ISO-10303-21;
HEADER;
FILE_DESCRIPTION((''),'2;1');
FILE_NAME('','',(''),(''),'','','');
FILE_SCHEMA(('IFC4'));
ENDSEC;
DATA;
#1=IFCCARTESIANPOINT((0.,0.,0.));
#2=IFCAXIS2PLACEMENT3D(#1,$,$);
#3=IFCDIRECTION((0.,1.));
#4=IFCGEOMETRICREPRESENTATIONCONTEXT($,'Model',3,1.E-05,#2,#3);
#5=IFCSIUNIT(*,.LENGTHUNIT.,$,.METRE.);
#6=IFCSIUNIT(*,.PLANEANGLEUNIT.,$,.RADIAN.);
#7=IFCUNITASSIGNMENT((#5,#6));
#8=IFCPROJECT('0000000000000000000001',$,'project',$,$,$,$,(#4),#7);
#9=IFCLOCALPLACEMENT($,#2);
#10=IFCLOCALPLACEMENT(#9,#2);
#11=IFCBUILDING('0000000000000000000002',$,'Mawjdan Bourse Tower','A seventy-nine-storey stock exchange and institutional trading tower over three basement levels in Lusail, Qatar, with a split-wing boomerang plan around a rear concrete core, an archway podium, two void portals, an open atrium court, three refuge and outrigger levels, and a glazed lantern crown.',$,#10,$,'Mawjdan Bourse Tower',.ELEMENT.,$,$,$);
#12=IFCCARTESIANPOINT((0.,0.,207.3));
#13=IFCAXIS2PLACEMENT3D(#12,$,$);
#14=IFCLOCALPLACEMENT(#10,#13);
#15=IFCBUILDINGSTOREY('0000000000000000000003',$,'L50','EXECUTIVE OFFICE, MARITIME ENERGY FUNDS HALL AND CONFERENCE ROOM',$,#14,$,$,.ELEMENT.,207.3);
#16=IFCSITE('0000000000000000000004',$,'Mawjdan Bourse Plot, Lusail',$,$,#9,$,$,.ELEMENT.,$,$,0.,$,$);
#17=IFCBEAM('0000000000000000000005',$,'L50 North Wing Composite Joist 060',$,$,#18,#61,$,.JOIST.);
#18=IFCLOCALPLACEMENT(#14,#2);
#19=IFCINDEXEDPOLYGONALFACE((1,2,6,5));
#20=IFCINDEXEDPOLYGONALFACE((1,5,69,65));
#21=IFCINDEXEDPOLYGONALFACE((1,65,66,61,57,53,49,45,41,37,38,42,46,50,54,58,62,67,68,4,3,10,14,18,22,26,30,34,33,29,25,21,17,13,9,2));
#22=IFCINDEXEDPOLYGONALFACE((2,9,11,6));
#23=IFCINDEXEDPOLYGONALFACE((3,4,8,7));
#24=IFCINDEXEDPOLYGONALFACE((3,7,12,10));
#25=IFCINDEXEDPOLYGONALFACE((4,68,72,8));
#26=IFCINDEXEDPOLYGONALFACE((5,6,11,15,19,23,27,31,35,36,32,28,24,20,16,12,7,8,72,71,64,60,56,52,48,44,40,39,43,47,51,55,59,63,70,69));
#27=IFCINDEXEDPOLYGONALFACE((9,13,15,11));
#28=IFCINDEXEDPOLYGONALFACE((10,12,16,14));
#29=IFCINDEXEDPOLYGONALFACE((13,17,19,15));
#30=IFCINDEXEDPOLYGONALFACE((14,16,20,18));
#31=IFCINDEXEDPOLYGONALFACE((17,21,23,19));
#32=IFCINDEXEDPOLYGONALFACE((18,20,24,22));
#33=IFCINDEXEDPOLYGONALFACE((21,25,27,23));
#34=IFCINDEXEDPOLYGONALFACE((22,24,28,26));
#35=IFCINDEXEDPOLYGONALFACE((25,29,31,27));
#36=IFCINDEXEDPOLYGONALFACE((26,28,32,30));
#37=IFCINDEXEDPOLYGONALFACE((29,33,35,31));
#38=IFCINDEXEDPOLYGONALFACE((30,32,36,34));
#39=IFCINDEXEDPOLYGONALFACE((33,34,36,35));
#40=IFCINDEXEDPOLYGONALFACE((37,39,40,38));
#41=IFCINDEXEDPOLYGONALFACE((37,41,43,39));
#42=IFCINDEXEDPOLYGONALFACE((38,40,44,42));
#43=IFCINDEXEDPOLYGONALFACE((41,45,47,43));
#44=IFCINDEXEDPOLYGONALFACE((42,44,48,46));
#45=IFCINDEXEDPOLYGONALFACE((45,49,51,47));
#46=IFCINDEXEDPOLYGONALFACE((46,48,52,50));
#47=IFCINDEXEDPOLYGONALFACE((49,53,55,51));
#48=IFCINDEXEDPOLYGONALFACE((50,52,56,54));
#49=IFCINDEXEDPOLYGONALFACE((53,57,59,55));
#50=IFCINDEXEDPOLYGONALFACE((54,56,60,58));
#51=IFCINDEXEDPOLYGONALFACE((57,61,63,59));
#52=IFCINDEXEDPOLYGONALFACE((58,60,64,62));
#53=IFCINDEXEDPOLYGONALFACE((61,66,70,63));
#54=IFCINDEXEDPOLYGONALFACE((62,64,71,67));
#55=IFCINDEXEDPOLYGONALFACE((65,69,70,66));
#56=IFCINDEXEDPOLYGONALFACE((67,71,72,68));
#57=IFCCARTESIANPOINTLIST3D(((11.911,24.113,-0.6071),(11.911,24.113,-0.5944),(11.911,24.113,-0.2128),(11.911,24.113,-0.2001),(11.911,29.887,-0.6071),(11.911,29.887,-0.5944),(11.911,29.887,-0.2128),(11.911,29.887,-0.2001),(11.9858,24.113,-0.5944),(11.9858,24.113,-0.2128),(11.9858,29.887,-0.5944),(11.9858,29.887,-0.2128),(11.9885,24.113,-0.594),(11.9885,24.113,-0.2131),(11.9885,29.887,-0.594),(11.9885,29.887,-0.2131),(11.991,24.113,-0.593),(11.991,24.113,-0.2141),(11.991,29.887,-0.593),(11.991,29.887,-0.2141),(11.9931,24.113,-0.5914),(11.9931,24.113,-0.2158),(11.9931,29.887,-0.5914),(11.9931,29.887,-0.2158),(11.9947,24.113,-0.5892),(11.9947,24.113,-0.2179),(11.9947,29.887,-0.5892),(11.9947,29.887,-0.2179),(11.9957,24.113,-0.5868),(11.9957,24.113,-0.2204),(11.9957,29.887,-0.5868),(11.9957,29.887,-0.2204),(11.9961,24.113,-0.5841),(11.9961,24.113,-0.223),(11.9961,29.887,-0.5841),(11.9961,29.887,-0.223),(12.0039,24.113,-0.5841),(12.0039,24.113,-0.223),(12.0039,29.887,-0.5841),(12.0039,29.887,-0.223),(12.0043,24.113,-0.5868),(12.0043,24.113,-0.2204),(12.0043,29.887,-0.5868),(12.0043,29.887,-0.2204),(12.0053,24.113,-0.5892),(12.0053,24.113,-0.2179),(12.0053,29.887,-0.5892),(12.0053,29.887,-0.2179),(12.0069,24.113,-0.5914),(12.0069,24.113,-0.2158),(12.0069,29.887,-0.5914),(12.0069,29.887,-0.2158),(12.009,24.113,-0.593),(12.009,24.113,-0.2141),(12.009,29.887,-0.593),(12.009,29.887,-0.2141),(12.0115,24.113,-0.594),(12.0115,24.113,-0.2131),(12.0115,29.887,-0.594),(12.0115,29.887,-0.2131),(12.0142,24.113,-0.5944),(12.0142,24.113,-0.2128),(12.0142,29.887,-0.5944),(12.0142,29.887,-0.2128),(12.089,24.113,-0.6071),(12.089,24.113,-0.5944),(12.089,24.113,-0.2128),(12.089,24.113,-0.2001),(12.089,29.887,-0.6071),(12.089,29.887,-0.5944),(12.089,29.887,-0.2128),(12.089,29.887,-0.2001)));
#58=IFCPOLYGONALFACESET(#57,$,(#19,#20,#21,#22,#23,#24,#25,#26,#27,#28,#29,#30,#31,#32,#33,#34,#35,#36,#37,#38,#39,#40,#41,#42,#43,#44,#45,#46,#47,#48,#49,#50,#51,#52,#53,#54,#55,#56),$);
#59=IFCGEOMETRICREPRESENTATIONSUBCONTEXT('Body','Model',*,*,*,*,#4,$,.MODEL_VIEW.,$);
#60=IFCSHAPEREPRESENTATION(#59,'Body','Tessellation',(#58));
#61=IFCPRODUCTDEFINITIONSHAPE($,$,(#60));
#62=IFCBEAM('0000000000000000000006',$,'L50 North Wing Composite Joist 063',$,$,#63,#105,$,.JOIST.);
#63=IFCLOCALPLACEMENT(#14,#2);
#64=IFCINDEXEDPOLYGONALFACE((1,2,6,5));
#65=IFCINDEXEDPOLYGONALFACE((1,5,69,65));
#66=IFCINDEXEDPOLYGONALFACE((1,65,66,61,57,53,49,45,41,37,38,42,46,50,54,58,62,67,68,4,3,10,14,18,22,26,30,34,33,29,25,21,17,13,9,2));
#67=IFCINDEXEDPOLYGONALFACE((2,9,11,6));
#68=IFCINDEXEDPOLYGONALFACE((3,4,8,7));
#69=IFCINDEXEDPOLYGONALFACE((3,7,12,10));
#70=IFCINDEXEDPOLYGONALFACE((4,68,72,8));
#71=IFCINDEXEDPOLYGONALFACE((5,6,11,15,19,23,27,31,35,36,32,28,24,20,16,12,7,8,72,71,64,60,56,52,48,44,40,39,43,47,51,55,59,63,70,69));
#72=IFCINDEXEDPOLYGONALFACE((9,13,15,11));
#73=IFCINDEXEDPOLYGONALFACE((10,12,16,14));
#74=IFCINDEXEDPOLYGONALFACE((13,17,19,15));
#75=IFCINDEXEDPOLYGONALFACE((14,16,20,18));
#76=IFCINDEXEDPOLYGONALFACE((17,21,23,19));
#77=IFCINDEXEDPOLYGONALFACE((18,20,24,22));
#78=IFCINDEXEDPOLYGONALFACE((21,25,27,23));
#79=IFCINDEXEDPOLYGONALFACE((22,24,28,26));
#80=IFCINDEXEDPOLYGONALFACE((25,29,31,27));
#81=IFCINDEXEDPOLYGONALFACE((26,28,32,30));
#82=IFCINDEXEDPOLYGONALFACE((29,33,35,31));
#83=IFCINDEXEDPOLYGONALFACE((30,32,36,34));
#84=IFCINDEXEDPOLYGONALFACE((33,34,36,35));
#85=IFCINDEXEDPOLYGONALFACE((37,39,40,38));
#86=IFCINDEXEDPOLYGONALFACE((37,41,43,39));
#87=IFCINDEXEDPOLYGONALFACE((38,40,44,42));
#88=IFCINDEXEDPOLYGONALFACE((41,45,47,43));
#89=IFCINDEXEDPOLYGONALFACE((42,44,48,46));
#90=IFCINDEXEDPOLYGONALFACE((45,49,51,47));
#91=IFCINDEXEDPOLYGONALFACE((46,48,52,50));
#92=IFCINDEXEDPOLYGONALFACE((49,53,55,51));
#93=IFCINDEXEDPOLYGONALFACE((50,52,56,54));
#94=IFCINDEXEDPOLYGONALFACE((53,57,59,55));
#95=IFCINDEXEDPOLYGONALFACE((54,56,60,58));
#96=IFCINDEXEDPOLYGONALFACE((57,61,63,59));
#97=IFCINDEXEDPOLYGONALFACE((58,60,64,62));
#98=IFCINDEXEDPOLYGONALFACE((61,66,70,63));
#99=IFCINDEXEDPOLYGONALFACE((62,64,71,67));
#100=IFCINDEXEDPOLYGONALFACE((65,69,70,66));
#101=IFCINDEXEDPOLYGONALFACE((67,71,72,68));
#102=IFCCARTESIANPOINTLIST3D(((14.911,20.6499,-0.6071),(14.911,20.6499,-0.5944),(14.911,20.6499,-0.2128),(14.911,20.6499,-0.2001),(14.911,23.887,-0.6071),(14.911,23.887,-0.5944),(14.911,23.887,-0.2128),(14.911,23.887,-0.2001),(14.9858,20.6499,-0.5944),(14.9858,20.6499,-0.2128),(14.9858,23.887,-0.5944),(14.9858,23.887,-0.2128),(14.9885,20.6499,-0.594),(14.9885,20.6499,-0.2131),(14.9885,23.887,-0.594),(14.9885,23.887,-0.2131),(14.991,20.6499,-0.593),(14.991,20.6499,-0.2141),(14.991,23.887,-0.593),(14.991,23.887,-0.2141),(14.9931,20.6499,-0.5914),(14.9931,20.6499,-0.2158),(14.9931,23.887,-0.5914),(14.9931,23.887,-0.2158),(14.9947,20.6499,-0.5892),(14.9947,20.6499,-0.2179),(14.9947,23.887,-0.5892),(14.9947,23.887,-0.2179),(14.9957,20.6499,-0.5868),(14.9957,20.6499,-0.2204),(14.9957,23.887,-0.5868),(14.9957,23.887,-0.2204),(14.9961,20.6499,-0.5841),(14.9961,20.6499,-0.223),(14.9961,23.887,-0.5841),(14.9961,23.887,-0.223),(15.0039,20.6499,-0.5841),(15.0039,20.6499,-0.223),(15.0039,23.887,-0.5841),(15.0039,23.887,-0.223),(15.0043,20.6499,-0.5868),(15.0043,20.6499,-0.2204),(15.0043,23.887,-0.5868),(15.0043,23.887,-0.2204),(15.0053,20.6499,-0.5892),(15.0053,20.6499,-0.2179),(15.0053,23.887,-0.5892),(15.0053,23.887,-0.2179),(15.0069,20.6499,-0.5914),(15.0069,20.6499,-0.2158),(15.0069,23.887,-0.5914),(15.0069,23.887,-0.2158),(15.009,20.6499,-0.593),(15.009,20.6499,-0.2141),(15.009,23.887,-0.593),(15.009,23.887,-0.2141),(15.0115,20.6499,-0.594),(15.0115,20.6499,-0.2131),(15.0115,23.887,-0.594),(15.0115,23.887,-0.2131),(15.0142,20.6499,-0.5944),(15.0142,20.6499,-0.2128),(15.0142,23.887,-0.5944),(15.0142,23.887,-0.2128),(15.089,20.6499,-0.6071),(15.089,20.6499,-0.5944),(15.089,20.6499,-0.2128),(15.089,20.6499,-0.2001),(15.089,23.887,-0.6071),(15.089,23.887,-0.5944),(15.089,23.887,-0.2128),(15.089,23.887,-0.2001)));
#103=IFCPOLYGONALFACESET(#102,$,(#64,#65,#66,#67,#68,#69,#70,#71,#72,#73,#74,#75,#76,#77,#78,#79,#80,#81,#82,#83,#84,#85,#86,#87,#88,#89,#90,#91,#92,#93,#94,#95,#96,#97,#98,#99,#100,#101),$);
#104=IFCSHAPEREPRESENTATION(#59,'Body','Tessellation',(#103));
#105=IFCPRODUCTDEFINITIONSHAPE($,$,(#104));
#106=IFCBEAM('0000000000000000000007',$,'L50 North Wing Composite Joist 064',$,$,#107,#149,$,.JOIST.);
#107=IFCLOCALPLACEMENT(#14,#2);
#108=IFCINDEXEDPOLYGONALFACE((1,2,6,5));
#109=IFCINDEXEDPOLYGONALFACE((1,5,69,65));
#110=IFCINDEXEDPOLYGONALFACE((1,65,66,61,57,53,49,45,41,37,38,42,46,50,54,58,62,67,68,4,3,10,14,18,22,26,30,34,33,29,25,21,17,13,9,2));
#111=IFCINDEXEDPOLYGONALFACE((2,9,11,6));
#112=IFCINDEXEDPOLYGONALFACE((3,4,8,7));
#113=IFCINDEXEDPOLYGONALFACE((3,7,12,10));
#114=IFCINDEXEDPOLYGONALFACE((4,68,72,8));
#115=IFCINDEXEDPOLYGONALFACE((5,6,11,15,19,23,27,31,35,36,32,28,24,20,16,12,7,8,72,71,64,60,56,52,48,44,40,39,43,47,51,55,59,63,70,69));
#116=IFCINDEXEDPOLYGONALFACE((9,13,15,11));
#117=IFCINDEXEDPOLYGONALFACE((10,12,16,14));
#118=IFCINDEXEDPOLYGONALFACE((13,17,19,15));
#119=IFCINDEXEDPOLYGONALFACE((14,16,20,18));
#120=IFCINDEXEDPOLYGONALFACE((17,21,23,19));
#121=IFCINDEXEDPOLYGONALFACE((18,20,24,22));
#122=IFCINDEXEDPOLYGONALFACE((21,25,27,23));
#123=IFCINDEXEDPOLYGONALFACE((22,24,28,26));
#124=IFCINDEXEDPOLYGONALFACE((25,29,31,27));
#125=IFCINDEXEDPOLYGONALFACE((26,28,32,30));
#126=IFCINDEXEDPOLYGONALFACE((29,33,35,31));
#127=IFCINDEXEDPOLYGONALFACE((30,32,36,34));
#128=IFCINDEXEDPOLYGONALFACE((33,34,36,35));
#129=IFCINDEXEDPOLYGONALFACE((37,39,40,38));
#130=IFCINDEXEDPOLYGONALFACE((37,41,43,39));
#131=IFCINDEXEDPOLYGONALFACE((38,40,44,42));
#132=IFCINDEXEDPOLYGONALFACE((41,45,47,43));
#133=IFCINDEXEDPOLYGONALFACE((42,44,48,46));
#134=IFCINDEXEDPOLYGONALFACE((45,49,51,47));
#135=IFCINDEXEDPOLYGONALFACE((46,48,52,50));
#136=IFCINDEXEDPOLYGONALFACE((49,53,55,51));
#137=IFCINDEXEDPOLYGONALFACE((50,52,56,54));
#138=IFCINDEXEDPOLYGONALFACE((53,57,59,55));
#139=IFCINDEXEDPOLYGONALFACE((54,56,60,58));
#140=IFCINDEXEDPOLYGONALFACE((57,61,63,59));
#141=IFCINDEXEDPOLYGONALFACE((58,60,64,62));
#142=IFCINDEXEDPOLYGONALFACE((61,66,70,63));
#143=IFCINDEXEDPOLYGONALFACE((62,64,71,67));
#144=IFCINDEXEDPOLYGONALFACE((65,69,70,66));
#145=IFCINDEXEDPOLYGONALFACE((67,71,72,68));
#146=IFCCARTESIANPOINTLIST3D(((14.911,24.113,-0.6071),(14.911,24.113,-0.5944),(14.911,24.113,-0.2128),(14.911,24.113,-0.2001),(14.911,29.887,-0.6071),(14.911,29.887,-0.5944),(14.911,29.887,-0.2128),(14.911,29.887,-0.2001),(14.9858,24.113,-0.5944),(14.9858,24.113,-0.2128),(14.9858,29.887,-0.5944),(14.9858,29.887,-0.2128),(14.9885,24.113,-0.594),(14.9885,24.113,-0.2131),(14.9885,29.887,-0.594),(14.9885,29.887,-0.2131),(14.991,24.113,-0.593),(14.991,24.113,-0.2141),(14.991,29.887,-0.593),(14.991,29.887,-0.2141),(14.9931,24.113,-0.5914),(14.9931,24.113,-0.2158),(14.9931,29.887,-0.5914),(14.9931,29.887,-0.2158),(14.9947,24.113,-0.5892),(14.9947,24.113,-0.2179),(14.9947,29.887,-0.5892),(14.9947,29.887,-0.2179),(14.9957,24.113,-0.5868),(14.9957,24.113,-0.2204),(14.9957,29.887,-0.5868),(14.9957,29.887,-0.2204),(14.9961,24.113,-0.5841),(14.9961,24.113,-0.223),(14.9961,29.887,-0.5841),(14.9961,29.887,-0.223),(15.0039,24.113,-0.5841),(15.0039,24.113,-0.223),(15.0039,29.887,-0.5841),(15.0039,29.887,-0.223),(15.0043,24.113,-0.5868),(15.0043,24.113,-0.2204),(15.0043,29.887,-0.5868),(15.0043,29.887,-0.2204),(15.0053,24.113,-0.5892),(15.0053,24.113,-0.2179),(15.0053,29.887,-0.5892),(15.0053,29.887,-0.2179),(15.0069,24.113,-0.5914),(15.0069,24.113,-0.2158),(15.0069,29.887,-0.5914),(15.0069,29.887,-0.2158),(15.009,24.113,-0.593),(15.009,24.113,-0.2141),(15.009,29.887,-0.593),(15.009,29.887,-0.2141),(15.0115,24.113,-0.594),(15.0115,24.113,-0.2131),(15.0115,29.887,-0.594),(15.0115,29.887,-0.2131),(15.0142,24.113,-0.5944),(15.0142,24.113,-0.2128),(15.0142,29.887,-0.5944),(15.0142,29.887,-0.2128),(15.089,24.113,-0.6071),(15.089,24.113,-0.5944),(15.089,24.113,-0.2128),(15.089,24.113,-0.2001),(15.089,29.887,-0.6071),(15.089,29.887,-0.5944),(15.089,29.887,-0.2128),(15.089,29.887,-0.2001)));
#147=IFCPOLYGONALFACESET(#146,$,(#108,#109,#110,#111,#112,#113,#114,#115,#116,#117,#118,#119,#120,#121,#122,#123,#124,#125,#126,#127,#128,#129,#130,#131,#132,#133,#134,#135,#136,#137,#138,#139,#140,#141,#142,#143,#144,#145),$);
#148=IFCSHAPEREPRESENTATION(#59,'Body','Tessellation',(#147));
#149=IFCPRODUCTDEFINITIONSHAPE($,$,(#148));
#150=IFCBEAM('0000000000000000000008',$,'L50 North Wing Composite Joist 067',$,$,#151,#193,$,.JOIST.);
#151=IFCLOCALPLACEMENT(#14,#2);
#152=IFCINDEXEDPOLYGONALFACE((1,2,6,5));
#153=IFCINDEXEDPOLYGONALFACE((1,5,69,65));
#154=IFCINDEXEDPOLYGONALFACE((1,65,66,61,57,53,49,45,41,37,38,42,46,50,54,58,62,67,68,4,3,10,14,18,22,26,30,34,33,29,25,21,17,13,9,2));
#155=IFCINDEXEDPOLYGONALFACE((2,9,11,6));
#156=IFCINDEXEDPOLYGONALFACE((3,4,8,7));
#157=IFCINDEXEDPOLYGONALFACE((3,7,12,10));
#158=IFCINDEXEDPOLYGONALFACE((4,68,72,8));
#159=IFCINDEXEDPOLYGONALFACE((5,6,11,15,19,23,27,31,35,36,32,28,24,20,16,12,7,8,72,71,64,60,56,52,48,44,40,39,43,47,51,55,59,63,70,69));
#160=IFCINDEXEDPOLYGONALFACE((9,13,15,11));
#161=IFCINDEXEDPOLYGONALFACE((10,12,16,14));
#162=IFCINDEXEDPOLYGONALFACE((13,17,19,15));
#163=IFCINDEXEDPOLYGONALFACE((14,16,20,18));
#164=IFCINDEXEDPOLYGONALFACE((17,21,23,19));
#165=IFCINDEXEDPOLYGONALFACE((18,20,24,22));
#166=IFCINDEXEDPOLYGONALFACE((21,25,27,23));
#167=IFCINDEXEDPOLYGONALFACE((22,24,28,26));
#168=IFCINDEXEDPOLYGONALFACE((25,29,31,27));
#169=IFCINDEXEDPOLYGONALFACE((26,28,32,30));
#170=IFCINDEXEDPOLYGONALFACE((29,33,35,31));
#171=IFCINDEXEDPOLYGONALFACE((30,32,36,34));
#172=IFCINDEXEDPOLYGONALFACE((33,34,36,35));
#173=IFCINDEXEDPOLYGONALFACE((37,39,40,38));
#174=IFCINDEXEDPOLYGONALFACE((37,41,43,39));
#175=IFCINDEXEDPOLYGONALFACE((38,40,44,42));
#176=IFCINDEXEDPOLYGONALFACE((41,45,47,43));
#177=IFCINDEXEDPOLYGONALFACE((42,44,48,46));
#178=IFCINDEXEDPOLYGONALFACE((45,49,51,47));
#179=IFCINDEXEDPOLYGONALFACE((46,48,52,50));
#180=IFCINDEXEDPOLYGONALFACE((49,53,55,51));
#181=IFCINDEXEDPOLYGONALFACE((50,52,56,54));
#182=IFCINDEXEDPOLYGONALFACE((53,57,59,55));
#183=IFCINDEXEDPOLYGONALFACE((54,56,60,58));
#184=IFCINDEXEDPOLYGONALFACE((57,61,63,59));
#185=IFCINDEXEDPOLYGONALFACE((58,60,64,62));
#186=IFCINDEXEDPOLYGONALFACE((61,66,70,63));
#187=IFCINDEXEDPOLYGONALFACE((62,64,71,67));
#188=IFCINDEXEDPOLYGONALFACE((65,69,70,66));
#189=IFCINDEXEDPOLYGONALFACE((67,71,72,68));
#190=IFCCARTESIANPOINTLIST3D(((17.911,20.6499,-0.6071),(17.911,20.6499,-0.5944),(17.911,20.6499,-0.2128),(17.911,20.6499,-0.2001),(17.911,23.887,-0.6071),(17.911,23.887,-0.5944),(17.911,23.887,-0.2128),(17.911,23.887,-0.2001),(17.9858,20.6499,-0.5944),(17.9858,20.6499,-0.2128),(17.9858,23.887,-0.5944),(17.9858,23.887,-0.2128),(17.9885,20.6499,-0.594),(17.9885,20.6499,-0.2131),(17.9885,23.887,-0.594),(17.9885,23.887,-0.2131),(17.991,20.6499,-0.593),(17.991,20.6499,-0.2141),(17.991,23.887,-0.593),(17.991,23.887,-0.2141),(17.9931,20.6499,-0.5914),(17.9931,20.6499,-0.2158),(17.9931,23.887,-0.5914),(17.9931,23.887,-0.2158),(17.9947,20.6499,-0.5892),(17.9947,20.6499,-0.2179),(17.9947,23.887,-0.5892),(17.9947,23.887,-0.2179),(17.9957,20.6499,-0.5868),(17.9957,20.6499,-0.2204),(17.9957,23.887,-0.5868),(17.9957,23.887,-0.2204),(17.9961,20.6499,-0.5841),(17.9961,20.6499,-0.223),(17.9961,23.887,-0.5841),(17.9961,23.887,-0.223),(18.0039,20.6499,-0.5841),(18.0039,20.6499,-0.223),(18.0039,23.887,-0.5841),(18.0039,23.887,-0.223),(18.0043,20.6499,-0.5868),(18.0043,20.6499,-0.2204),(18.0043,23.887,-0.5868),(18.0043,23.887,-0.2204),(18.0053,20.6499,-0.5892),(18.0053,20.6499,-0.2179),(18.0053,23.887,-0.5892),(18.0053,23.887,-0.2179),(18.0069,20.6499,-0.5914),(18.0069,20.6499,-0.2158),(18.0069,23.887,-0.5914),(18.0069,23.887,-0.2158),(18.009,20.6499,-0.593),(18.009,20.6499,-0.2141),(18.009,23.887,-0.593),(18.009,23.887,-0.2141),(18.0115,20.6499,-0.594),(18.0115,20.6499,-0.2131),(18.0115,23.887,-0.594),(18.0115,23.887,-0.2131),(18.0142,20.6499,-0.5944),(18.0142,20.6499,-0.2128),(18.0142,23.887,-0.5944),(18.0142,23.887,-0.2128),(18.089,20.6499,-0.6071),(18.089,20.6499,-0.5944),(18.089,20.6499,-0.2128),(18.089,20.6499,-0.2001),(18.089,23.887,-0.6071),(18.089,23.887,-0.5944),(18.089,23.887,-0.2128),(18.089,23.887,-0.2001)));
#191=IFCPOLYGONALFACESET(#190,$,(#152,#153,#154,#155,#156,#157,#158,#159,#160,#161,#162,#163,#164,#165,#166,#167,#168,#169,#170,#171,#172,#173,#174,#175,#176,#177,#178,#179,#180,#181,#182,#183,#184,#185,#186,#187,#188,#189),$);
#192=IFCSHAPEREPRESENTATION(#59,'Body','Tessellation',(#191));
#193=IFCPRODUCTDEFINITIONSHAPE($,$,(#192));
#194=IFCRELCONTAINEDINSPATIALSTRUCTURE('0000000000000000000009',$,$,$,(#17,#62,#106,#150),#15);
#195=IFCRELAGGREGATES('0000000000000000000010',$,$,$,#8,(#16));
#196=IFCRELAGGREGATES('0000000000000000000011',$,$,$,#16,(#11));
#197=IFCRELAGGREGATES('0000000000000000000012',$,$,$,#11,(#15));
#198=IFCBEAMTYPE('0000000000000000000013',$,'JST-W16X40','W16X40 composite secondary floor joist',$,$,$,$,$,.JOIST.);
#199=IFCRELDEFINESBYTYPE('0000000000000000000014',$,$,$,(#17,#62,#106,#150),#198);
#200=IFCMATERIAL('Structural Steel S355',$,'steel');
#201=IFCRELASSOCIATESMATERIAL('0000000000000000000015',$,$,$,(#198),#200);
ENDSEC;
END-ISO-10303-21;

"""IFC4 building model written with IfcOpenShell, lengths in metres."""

from ifc_helpers import new_model, si_unit, direction, frame, origin, origin_2d, place, context, subcontext, project, spatial, i_section, extrude, material, material_profile, profile_set, type_object, element, save


model = new_model("IFC4")

# Units and contexts
model_context = context("Model", 3, precision=1e-05, world=origin(), true_north=direction((0.0, 1.0)))
body_context = subcontext(model_context, "Body", "Model", "MODEL_VIEW")
ifc_project = project(units=[si_unit("LENGTHUNIT", "METRE"), si_unit("PLANEANGLEUNIT", "RADIAN")], contexts=[model_context])

# Site, building, storey
site_placement = place(None, origin())
site = spatial("IfcSite", under=ifc_project, at=site_placement, Name="Mawjdan Bourse Plot, Lusail", CompositionType="ELEMENT", RefElevation=0.0)
building_placement = place(site_placement, origin())
building = spatial("IfcBuilding", under=site, at=building_placement, Name="Mawjdan Bourse Tower", Description="A seventy-nine-storey stock exchange and institutional trading tower over three basement levels in Lusail, Qatar, with a split-wing boomerang plan around a rear concrete core, an archway podium, two void portals, an open atrium court, three refuge and outrigger levels, and a glazed lantern crown.", LongName="Mawjdan Bourse Tower", CompositionType="ELEMENT")
storey_placement = place(building_placement, frame((0.0, 0.0, 207.3)))
storey = spatial("IfcBuildingStorey", under=building, at=storey_placement, Name="L50", Description="EXECUTIVE OFFICE, MARITIME ENERGY FUNDS HALL AND CONFERENCE ROOM", CompositionType="ELEMENT", Elevation=207.3)

# Beams
ifc_material_1 = material(Name="Structural Steel S355", Category="steel")
ifc_material_profile_1 = material_profile(ifc_material_1, i_section(OverallWidth=0.178, OverallDepth=0.407, WebThickness=0.0078, FlangeThickness=0.0127, FilletRadius=0.0103, at=origin_2d()), Name="W16X40")
ifc_profile_set_1 = profile_set([ifc_material_profile_1], Name="Structural Steel S355")
beam_type_1 = type_object("IfcBeamType", Name="JST-W16X40", Description="W16X40 composite secondary floor joist", PredefinedType="JOIST", material=ifc_profile_set_1)
beam_1_placement = place(storey_placement, frame((12.0, 24.113, -0.4036), z_axis=(0.0, 1.0, 0.0), x_axis=(-1.0, 0.0, 0.0)))
element("IfcBeam", 1, at=beam_1_placement, inside=storey, type_object=beam_type_1, Name="L50 North Wing Composite Joist 060", PredefinedType="JOIST", context=body_context, shape_type="SweptSolid", body=[
    extrude(i_section(OverallWidth=0.178, OverallDepth=0.407, WebThickness=0.0078, FlangeThickness=0.0127, FilletRadius=0.0103, at=origin_2d()), origin(), (0.0, 0.0, 1.0), 5.7739),
])
beam_2_placement = place(storey_placement, frame((15.0, 20.6499, -0.4036), z_axis=(0.0, 1.0, 0.0), x_axis=(-1.0, 0.0, 0.0)))
element("IfcBeam", 2, at=beam_2_placement, inside=storey, type_object=beam_type_1, Name="L50 North Wing Composite Joist 063", PredefinedType="JOIST", context=body_context, shape_type="SweptSolid", body=[
    extrude(i_section(OverallWidth=0.178, OverallDepth=0.407, WebThickness=0.0078, FlangeThickness=0.0127, FilletRadius=0.0103, at=origin_2d()), origin(), (0.0, 0.0, 1.0), 3.2371),
])
beam_3_placement = place(storey_placement, frame((15.0, 24.113, -0.4036), z_axis=(0.0, 1.0, 0.0), x_axis=(-1.0, 0.0, 0.0)))
element("IfcBeam", 3, at=beam_3_placement, inside=storey, type_object=beam_type_1, Name="L50 North Wing Composite Joist 064", PredefinedType="JOIST", context=body_context, shape_type="SweptSolid", body=[
    extrude(i_section(OverallWidth=0.178, OverallDepth=0.407, WebThickness=0.0078, FlangeThickness=0.0127, FilletRadius=0.0103, at=origin_2d()), origin(), (0.0, 0.0, 1.0), 5.7739),
])
beam_4_placement = place(storey_placement, frame((18.0, 20.6499, -0.4036), z_axis=(0.0, 1.0, 0.0), x_axis=(-1.0, 0.0, 0.0)))
element("IfcBeam", 4, at=beam_4_placement, inside=storey, type_object=beam_type_1, Name="L50 North Wing Composite Joist 067", PredefinedType="JOIST", context=body_context, shape_type="SweptSolid", body=[
    extrude(i_section(OverallWidth=0.178, OverallDepth=0.407, WebThickness=0.0078, FlangeThickness=0.0127, FilletRadius=0.0103, at=origin_2d()), origin(), (0.0, 0.0, 1.0), 3.2371),
])

save(model, "model.ifc")
